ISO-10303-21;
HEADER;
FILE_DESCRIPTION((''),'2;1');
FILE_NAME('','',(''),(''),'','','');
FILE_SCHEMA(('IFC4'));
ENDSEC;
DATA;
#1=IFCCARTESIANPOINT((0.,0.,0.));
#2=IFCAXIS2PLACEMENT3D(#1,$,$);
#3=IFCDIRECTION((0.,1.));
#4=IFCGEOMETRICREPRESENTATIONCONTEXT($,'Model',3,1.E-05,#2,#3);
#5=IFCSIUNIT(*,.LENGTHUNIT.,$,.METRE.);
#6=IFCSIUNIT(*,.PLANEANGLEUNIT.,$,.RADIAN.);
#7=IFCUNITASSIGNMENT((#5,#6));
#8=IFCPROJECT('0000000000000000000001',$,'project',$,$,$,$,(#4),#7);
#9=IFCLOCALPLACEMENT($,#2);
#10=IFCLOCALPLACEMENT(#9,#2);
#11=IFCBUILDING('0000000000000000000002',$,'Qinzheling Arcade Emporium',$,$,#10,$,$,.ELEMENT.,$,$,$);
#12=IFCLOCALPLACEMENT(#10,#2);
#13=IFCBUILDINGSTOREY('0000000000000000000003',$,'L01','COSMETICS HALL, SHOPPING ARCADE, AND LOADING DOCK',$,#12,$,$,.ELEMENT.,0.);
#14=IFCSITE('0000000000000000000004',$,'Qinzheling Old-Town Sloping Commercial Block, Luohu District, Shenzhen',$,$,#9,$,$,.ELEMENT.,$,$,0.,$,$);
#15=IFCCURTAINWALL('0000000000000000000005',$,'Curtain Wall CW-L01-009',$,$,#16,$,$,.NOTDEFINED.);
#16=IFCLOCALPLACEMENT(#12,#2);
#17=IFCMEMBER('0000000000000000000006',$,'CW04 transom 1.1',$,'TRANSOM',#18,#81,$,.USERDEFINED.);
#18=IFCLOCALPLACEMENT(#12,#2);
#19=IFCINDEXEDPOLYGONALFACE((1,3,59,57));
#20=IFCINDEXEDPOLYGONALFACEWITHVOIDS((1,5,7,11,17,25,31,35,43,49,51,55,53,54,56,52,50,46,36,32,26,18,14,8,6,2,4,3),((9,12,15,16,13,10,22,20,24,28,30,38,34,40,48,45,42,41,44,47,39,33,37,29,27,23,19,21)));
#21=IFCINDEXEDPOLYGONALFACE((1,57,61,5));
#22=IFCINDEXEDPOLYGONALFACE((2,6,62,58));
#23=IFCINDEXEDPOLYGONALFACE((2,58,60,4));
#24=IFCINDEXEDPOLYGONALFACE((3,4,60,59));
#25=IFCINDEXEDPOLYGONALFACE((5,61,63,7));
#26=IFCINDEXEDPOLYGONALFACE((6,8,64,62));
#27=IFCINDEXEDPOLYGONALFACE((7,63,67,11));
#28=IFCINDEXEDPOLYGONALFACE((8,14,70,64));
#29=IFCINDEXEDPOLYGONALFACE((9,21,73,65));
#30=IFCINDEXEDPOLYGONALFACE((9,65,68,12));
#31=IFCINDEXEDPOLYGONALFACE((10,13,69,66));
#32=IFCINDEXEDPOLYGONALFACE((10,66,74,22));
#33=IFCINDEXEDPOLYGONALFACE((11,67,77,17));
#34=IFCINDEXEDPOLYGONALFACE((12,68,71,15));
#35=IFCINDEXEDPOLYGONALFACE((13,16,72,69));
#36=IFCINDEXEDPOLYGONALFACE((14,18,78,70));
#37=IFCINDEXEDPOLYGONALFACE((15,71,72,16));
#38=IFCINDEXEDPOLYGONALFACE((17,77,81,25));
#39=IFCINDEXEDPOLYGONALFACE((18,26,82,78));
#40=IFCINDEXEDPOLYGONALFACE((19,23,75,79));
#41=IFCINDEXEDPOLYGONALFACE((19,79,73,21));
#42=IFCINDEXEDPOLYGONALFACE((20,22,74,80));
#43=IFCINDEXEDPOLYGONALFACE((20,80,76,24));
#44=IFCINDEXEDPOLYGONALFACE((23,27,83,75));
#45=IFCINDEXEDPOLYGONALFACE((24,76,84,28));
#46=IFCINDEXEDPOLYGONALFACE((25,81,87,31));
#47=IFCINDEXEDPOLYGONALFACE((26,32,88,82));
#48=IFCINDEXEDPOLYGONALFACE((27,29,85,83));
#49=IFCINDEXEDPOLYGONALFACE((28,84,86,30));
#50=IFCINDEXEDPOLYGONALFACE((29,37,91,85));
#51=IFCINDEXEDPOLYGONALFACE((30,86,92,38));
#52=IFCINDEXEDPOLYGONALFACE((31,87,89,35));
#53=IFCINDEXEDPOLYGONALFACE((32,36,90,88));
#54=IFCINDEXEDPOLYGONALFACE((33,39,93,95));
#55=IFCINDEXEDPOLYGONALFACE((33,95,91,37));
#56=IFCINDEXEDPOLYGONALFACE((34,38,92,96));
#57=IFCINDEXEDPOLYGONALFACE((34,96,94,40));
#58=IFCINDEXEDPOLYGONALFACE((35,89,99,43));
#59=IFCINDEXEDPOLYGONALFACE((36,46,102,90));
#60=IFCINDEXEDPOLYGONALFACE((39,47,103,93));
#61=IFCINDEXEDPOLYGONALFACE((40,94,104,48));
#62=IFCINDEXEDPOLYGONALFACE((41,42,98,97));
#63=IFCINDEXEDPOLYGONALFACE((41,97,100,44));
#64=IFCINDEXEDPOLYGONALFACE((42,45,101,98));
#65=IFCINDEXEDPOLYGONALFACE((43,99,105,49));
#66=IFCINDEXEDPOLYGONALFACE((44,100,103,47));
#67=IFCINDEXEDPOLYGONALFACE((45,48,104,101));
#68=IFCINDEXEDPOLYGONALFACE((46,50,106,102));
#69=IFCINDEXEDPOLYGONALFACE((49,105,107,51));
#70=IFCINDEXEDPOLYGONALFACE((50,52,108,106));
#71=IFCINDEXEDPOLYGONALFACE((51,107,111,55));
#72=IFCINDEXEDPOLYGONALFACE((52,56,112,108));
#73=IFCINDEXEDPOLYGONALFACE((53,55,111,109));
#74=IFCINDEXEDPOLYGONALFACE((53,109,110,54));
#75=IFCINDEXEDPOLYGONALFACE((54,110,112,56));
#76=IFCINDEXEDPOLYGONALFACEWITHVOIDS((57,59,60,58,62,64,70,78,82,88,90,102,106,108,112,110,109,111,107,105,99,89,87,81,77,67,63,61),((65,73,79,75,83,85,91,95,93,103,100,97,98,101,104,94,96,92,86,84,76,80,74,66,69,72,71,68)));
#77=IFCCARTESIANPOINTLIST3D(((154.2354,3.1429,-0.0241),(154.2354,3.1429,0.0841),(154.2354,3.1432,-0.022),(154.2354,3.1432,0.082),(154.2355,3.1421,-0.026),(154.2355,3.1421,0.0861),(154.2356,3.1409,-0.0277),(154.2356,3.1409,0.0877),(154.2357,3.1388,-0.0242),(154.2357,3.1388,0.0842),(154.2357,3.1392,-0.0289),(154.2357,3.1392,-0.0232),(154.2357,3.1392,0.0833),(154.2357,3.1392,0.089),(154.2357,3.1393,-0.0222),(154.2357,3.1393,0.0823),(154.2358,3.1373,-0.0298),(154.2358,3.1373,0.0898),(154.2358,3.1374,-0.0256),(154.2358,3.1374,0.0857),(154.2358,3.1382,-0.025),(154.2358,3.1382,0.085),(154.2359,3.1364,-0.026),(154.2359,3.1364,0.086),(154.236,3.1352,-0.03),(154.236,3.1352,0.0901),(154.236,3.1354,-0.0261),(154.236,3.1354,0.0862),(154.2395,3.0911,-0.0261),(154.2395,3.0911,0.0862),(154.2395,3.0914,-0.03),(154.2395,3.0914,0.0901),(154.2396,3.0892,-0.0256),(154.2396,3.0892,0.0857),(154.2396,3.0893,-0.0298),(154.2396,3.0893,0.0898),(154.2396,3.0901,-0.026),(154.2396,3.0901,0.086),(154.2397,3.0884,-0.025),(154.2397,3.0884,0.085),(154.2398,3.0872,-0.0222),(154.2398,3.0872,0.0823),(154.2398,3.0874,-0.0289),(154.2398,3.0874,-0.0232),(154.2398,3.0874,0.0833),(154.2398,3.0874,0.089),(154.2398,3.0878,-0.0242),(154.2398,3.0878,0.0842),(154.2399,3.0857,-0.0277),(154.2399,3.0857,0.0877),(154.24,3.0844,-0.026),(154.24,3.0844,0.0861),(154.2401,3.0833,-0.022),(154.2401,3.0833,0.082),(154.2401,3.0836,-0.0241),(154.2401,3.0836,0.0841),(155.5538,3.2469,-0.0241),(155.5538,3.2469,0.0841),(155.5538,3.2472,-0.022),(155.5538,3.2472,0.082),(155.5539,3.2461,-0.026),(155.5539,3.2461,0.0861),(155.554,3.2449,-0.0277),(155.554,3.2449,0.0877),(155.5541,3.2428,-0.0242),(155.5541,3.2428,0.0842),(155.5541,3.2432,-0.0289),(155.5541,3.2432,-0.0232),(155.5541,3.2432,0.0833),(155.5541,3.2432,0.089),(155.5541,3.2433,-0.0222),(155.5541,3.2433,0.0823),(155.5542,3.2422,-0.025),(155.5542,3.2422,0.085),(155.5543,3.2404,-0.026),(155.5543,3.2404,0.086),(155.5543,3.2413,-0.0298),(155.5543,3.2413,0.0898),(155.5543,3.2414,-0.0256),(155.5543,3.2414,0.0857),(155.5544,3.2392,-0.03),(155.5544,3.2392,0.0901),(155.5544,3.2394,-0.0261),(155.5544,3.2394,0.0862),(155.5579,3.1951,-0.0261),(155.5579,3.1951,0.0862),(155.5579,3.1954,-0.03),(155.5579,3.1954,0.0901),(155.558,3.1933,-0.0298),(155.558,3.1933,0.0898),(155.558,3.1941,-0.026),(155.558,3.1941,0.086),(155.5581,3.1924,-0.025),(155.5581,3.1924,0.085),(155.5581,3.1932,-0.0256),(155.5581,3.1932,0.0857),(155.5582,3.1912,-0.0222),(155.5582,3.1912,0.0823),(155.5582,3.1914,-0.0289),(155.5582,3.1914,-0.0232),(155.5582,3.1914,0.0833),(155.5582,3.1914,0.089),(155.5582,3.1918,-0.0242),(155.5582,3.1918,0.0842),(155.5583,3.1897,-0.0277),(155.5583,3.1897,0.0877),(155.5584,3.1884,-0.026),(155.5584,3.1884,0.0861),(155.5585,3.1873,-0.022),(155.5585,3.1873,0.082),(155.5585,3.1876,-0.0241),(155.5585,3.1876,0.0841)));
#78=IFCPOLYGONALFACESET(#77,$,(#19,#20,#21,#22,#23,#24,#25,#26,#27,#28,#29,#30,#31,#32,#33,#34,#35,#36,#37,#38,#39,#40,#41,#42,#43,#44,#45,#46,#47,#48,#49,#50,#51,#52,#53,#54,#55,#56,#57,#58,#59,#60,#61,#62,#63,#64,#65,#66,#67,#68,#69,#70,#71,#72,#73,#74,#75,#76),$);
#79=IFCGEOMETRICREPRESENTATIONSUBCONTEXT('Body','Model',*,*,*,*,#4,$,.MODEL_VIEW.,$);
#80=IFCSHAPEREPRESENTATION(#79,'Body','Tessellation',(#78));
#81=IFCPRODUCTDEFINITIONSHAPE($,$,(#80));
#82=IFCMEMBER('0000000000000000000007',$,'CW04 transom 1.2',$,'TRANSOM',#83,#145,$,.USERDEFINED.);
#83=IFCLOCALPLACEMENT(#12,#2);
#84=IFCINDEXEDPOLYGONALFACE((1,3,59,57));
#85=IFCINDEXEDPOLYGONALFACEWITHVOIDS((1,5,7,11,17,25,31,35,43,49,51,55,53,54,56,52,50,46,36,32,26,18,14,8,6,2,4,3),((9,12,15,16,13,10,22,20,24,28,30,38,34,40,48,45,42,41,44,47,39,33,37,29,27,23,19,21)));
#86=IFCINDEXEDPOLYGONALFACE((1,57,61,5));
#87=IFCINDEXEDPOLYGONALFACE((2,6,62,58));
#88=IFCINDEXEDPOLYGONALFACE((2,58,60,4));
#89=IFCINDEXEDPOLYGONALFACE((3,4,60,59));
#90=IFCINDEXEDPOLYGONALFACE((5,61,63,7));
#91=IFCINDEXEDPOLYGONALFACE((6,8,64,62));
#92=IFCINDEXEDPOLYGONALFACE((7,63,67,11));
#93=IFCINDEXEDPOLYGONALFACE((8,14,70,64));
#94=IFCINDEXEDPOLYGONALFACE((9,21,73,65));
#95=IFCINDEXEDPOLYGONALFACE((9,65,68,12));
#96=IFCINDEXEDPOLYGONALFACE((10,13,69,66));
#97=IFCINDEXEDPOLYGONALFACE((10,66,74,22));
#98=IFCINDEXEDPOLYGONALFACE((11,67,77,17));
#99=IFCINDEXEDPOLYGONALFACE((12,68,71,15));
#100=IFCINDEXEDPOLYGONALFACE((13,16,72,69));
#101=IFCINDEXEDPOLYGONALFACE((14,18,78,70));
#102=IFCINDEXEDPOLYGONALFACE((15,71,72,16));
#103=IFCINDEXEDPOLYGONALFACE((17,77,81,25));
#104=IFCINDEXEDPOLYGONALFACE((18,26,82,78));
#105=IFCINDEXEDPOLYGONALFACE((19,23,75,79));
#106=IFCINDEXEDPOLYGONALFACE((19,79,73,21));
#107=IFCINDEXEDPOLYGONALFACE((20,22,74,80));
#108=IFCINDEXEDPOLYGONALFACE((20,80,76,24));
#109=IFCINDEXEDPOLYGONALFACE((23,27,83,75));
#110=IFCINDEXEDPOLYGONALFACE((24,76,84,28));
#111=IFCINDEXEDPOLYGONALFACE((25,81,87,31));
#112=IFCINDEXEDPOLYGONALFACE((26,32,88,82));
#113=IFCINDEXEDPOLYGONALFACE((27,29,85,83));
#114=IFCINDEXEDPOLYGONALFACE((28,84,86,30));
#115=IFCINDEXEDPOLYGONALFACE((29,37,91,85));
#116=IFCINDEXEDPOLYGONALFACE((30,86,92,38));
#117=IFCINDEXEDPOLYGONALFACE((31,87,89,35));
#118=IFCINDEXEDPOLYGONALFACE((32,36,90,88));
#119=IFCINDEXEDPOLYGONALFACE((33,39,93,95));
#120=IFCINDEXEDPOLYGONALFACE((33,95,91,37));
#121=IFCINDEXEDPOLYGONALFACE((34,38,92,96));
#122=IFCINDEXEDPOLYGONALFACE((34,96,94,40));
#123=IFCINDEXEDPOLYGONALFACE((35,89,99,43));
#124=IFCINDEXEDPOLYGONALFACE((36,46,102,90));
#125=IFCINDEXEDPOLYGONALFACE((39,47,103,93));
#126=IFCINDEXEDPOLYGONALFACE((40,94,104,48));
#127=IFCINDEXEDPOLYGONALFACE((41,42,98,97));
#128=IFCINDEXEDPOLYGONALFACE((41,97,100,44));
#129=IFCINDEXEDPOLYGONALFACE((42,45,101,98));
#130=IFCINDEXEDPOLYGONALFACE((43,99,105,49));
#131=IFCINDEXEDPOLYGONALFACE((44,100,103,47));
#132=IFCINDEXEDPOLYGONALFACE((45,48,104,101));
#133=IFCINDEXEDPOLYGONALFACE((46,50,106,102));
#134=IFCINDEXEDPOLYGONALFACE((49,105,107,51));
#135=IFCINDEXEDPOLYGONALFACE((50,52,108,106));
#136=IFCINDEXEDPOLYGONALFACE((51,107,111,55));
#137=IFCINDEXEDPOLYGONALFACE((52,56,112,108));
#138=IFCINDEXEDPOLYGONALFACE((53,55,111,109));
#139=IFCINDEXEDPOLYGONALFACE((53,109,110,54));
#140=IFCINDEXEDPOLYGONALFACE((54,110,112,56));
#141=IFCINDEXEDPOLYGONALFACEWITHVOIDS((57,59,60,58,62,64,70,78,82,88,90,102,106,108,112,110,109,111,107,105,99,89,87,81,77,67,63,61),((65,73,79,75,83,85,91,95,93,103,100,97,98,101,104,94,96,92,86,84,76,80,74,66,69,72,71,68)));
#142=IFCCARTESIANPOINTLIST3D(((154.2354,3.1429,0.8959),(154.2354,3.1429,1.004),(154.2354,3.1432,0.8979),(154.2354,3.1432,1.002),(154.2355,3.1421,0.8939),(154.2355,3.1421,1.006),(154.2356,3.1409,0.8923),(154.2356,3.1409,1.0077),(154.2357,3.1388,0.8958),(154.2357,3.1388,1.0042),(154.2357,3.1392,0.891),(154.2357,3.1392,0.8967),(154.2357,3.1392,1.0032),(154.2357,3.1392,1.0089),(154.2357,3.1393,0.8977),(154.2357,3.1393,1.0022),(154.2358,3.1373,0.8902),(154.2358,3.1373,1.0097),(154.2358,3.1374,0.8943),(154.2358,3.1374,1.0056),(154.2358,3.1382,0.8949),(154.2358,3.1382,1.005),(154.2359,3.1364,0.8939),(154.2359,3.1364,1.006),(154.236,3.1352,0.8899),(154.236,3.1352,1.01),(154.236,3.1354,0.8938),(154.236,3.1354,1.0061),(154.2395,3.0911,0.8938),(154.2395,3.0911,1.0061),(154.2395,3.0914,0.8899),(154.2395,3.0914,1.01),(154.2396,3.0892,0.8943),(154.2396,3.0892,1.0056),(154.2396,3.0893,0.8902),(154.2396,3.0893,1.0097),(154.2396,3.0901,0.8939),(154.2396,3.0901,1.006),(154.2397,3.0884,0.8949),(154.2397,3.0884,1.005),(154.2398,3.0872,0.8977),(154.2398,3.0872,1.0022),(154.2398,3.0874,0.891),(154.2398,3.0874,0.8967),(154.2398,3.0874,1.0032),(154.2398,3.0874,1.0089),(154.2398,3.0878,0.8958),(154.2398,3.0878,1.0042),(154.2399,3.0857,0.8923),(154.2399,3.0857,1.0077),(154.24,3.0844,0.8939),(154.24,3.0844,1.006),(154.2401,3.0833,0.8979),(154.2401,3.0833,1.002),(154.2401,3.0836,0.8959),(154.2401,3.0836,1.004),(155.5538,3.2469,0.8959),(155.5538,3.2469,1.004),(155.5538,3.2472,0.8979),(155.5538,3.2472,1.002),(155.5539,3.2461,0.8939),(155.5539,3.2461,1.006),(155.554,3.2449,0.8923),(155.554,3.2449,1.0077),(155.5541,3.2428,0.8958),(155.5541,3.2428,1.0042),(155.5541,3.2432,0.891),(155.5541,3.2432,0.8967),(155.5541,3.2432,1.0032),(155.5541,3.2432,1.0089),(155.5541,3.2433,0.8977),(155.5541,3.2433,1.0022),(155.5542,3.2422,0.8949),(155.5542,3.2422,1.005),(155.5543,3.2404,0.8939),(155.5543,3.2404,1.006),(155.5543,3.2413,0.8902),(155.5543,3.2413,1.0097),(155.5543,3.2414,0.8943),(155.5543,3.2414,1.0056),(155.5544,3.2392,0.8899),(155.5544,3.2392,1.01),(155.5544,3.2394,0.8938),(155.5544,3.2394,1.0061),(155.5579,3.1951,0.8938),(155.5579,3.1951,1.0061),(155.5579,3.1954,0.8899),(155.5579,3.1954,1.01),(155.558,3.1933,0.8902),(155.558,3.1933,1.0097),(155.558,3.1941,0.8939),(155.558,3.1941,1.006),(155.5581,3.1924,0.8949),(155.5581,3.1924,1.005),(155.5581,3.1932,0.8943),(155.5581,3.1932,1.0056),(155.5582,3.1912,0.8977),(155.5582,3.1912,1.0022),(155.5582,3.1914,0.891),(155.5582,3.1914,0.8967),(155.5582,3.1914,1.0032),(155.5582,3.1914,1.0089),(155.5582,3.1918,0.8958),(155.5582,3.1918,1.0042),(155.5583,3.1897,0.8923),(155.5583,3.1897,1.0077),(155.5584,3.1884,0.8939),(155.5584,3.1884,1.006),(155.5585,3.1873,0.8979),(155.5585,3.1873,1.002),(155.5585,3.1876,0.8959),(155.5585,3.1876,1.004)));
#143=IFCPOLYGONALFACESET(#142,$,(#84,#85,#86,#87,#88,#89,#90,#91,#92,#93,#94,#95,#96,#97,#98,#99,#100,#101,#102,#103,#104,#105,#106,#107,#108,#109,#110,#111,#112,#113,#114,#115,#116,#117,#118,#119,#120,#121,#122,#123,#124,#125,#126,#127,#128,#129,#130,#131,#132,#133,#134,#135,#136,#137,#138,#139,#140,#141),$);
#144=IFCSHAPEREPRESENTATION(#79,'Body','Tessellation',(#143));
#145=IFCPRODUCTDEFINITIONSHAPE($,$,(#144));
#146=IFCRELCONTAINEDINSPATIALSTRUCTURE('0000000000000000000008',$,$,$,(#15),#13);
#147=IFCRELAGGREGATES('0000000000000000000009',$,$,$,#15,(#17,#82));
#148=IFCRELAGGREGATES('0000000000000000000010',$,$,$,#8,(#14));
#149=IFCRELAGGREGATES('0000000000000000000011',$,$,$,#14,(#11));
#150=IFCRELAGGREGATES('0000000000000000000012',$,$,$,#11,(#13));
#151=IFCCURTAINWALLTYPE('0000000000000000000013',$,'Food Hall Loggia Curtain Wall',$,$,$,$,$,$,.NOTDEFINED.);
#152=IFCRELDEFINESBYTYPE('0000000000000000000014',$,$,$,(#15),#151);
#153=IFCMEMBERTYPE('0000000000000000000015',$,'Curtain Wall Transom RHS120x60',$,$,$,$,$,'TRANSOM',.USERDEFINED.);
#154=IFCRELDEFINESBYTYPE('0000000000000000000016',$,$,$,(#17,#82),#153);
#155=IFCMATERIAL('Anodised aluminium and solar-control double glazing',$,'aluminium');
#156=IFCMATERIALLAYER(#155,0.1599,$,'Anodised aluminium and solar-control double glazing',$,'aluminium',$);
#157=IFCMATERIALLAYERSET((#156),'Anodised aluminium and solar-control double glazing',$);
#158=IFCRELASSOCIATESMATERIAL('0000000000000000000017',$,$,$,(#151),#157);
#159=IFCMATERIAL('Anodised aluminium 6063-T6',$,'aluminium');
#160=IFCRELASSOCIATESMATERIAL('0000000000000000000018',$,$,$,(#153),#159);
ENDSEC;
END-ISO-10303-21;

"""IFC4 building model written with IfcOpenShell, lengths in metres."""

from ifc_helpers import new_model, si_unit, direction, frame, origin, origin_2d, place, context, subcontext, project, spatial, hollow_rectangle, extrude, material, layer, layer_set, material_profile, profile_set, type_object, element, aggregate, save


model = new_model("IFC4")

# Units and contexts
model_context = context("Model", 3, precision=1e-05, world=origin(), true_north=direction((0.0, 1.0)))
body_context = subcontext(model_context, "Body", "Model", "MODEL_VIEW")
ifc_project = project(units=[si_unit("LENGTHUNIT", "METRE"), si_unit("PLANEANGLEUNIT", "RADIAN")], contexts=[model_context])

# Site, building, storey
site_placement = place(None, origin())
site = spatial("IfcSite", under=ifc_project, at=site_placement, Name="Qinzheling Old-Town Sloping Commercial Block, Luohu District, Shenzhen", CompositionType="ELEMENT", RefElevation=0.0)
building_placement = place(site_placement, origin())
building = spatial("IfcBuilding", under=site, at=building_placement, Name="Qinzheling Arcade Emporium", CompositionType="ELEMENT")
storey_placement = place(building_placement, origin())
storey = spatial("IfcBuildingStorey", under=building, at=storey_placement, Name="L01", Description="COSMETICS HALL, SHOPPING ARCADE, AND LOADING DOCK", CompositionType="ELEMENT", Elevation=0.0)

# Shared definitions
ifc_material_1 = material(Name="Anodised aluminium and solar-control double glazing", Category="aluminium")
ifc_material_2 = material(Name="Anodised aluminium 6063-T6", Category="aluminium")

# Curtain wall, members
ifc_layer_1 = layer(ifc_material_1, 0.1599, Name="Anodised aluminium and solar-control double glazing", Category="aluminium")
ifc_layer_set_1 = layer_set([ifc_layer_1], Name="Anodised aluminium and solar-control double glazing")
curtain_wall_type_1 = type_object("IfcCurtainWallType", Name="Food Hall Loggia Curtain Wall", PredefinedType="NOTDEFINED", material=ifc_layer_set_1)
curtain_wall_1_placement = place(storey_placement, origin())
curtain_wall_1 = element("IfcCurtainWall", 1, at=curtain_wall_1_placement, inside=storey, type_object=curtain_wall_type_1, Name="Curtain Wall CW-L01-009", PredefinedType="NOTDEFINED")
ifc_material_profile_1 = material_profile(ifc_material_2, hollow_rectangle(XDim=0.0601, YDim=0.1201, WallThickness=0.0039, InnerFilletRadius=0.0039, OuterFilletRadius=0.0081, at=origin_2d()), Name="RHS 120x60x4", Category="aluminium")
ifc_profile_set_1 = profile_set([ifc_material_profile_1], Name="Anodised aluminium 6063-T6")
member_type_1 = type_object("IfcMemberType", Name="Curtain Wall Transom RHS120x60", ElementType="TRANSOM", PredefinedType="USERDEFINED", material=ifc_profile_set_1)
member_1_placement = place(storey_placement, frame((155.5562, 3.2173, 0.03), z_axis=(-0.996903, -0.078645, 0.0), x_axis=(0.078645, -0.996903, 0.0)))
member_1 = element("IfcMember", 2, at=member_1_placement, type_object=member_type_1, Name="CW04 transom 1.1", ObjectType="TRANSOM", PredefinedType="USERDEFINED", context=body_context, shape_type="SweptSolid", body=[
    extrude(hollow_rectangle(XDim=0.0601, YDim=0.1201, WallThickness=0.0039, InnerFilletRadius=0.0039, OuterFilletRadius=0.0081, at=origin_2d()), origin(), (0.0, 0.0, 1.0), 1.3225),
])
member_2_placement = place(storey_placement, frame((155.5562, 3.2173, 0.95), z_axis=(-0.996903, -0.078645, 0.0), x_axis=(0.078645, -0.996903, 0.0)))
member_2 = element("IfcMember", 3, at=member_2_placement, type_object=member_type_1, Name="CW04 transom 1.2", ObjectType="TRANSOM", PredefinedType="USERDEFINED", context=body_context, shape_type="SweptSolid", body=[
    extrude(hollow_rectangle(XDim=0.0601, YDim=0.1201, WallThickness=0.0039, InnerFilletRadius=0.0039, OuterFilletRadius=0.0081, at=origin_2d()), origin(), (0.0, 0.0, 1.0), 1.3225),
])

aggregate(curtain_wall_1, [member_1, member_2])

save(model, "model.ifc")
